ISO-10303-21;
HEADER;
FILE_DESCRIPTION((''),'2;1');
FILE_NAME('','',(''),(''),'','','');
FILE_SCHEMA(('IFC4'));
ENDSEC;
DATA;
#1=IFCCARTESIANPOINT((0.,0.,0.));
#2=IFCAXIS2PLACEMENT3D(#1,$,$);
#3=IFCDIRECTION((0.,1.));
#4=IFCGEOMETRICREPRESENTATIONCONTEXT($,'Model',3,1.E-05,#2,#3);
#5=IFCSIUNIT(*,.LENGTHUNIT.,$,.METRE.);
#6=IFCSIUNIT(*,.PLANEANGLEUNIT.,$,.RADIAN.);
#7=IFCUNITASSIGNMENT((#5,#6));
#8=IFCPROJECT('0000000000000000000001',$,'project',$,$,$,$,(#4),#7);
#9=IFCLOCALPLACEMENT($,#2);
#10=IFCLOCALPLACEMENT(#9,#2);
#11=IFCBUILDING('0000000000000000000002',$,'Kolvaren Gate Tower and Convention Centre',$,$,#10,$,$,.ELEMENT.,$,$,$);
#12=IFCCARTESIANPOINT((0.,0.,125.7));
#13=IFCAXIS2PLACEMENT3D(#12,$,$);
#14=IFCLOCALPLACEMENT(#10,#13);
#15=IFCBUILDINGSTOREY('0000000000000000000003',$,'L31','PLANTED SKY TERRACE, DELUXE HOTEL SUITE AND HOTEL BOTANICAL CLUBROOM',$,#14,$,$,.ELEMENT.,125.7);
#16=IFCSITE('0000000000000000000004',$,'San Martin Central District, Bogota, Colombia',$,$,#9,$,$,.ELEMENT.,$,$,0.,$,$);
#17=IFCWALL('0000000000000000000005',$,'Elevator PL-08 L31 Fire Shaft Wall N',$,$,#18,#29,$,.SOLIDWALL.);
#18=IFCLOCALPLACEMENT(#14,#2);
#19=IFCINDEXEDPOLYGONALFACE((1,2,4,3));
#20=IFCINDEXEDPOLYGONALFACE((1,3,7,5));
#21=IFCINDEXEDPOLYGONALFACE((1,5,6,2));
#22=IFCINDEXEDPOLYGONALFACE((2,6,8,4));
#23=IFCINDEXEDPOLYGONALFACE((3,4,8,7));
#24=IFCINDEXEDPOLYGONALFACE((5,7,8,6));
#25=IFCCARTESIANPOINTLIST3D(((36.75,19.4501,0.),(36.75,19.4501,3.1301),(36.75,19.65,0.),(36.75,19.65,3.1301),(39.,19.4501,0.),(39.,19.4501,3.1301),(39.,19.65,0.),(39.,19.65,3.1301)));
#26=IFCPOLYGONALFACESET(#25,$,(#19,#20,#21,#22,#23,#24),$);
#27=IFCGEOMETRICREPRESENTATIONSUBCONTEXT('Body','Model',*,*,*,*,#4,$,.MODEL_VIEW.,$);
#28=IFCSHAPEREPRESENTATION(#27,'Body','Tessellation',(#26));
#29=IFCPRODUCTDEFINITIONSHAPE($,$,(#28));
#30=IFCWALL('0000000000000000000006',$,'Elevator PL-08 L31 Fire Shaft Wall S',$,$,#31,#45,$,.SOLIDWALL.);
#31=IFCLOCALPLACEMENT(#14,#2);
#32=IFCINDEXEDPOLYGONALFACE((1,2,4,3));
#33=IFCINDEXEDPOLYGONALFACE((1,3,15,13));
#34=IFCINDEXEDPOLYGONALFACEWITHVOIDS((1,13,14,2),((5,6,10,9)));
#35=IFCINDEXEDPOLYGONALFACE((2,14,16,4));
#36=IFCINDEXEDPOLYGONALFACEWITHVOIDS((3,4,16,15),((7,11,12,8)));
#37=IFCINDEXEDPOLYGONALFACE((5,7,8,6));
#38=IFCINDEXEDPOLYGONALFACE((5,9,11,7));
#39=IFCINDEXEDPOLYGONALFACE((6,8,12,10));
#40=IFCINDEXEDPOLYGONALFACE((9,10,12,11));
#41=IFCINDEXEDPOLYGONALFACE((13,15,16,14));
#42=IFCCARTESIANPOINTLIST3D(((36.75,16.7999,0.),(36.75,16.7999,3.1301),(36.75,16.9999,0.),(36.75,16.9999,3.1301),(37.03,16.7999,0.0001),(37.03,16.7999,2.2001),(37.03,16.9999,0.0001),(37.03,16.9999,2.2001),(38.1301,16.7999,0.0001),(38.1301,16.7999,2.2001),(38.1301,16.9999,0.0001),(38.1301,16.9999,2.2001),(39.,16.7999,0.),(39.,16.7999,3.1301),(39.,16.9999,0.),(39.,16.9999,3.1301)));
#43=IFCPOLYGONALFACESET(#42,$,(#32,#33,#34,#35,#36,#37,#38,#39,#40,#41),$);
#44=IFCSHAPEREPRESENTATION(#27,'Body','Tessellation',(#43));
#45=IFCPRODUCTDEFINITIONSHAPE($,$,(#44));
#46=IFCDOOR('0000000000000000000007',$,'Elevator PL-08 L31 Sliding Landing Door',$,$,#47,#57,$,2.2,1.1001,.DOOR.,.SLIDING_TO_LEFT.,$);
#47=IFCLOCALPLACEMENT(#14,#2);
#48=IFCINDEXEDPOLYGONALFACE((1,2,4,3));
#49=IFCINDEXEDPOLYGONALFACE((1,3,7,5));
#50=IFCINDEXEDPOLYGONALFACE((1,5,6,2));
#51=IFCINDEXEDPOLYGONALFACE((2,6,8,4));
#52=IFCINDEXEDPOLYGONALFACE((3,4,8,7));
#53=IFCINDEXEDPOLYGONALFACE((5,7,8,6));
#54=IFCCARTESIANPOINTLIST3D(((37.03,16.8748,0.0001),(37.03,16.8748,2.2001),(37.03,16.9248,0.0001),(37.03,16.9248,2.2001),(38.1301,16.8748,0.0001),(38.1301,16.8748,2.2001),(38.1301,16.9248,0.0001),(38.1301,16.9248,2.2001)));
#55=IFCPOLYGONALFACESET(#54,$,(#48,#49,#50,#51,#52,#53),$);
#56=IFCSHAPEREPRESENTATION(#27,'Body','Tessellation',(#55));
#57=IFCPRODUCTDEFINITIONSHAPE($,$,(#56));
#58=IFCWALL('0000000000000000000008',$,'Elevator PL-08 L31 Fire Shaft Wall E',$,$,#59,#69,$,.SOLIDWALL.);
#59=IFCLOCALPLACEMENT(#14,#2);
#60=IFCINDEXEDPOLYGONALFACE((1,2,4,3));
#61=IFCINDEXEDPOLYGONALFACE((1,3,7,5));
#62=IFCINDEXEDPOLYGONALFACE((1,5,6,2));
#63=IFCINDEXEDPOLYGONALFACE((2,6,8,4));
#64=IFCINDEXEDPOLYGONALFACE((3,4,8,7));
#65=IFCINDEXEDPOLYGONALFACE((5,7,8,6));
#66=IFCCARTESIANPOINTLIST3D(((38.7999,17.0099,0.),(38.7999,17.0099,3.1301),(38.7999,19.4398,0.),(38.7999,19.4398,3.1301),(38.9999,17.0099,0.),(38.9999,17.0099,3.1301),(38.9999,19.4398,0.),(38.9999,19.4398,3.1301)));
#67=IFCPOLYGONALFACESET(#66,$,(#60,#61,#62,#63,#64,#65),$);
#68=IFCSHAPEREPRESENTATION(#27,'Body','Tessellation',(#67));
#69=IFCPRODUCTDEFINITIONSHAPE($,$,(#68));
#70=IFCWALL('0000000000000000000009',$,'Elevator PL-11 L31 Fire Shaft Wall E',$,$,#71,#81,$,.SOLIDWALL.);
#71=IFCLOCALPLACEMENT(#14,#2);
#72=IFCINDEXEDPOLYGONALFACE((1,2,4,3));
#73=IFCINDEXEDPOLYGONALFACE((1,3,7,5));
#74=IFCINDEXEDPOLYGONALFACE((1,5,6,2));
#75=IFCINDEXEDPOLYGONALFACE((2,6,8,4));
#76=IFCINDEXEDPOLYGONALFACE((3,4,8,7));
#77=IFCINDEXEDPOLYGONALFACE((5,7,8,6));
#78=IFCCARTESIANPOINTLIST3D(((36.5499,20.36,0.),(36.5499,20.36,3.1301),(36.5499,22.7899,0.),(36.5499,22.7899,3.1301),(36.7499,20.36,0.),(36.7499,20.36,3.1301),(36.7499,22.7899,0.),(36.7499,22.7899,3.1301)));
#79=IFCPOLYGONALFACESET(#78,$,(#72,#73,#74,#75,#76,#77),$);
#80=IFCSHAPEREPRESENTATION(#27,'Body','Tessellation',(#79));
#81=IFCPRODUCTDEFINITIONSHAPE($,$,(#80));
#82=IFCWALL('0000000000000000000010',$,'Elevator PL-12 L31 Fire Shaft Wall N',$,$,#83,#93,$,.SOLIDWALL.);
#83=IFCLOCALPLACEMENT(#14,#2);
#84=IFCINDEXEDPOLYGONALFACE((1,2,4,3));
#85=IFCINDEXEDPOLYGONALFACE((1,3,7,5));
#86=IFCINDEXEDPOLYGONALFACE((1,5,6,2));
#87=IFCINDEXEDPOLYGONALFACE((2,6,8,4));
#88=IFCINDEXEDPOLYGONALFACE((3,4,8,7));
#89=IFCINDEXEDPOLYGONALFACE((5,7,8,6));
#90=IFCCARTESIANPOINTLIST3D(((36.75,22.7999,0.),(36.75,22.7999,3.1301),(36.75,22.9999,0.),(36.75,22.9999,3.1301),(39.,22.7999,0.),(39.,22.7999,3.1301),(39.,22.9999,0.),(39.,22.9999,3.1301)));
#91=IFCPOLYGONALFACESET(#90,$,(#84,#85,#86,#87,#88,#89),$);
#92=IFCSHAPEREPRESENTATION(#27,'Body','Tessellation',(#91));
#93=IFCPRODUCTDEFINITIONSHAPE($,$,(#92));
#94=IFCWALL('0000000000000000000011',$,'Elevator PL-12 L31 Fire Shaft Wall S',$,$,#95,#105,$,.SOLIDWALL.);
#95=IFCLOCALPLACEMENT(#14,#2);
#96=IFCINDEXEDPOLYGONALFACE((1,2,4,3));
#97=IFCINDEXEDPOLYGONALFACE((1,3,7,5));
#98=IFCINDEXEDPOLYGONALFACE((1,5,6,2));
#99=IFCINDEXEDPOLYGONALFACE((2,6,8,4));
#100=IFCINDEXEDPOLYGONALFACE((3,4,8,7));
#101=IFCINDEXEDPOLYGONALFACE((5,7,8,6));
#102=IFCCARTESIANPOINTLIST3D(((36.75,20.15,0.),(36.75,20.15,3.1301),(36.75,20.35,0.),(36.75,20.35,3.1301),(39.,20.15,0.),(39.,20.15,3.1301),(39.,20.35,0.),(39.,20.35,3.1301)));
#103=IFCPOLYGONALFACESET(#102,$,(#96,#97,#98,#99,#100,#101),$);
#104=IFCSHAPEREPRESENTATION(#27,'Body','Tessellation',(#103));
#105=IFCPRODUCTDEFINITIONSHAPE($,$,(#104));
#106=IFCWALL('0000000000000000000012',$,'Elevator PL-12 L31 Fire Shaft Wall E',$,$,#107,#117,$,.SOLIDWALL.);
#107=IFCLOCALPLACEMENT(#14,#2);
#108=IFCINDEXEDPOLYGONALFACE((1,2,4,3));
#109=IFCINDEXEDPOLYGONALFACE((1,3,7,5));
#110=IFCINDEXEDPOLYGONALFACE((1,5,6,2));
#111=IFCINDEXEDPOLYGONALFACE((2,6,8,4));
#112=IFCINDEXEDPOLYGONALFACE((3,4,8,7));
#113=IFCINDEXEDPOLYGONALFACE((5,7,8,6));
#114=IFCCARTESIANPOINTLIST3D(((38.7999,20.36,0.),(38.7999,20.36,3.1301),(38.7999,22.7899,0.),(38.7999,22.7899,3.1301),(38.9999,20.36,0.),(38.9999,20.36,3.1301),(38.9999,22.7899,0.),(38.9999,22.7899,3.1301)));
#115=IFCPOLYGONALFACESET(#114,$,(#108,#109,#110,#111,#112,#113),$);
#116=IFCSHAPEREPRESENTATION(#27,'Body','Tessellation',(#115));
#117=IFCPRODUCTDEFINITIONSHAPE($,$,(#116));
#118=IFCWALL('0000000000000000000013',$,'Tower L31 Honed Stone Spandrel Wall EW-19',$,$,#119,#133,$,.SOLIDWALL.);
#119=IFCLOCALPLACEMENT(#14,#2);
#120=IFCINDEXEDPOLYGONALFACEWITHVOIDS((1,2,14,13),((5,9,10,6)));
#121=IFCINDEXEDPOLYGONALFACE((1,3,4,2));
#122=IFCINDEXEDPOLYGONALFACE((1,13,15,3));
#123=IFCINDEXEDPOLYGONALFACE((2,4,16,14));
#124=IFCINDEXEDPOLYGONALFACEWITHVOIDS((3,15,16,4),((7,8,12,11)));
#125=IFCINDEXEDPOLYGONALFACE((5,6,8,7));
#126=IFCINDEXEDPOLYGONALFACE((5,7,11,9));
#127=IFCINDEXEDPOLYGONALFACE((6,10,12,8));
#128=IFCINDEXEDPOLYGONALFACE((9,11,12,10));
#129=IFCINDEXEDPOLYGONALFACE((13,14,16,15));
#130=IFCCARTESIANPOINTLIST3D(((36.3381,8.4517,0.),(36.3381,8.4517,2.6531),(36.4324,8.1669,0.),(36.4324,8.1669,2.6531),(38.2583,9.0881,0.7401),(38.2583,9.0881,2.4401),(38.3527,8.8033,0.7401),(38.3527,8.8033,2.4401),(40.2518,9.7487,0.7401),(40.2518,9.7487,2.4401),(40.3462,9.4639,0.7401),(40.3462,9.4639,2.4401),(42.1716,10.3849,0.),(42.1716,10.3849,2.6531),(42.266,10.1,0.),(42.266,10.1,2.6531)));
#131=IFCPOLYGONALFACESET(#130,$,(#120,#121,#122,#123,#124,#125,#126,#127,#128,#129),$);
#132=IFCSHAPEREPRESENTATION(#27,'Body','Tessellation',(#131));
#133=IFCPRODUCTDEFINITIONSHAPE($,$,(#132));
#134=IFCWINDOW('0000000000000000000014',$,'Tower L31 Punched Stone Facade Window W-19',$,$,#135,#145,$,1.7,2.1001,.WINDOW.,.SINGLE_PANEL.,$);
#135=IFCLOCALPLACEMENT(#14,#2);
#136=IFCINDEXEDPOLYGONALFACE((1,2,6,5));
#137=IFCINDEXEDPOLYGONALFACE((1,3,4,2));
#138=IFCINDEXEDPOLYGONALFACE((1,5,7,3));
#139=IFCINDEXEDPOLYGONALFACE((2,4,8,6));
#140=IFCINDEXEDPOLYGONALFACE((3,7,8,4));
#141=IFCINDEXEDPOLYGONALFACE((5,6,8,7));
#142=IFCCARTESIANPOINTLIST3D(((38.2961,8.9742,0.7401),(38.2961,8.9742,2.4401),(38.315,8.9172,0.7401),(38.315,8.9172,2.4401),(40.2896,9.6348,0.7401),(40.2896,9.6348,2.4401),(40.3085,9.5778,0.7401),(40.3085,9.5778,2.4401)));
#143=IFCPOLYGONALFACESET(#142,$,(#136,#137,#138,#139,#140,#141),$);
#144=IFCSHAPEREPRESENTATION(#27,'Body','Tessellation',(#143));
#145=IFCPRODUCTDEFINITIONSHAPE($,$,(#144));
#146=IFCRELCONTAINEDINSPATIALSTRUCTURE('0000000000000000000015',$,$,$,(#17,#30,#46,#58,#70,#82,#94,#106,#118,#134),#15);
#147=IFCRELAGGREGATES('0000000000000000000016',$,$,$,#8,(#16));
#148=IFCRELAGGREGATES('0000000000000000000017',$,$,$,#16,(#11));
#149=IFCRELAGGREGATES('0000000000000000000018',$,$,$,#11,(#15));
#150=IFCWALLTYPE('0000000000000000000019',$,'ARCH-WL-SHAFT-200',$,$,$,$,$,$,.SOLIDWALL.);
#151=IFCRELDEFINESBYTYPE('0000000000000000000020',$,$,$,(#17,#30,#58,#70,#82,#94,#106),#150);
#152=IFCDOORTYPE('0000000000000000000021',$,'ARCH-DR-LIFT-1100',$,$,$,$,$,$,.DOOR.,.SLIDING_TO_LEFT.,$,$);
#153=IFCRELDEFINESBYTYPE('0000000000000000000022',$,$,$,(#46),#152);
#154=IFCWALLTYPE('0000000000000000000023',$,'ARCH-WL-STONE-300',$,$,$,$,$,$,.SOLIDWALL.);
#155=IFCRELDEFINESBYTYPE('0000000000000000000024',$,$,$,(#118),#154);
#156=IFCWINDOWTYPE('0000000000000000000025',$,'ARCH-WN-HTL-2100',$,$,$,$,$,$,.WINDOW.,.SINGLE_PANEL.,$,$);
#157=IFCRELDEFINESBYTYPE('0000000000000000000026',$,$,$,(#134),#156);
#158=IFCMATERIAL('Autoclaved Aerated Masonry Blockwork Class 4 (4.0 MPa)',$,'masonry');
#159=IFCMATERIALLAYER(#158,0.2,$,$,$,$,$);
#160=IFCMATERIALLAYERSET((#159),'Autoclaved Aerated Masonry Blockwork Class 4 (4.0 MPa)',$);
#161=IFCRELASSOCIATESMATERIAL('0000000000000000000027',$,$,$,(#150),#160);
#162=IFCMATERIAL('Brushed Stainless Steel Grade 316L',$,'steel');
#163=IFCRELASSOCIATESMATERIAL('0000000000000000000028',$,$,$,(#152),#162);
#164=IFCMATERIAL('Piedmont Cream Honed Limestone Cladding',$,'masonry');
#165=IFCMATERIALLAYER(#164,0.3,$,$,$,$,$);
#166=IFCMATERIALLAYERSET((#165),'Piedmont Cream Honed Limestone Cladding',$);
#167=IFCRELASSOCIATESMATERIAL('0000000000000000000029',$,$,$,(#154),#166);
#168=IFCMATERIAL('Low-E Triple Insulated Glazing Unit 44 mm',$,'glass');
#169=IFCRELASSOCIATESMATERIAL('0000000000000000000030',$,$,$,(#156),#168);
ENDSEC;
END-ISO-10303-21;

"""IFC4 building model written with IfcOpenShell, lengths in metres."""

from ifc_helpers import new_model, si_unit, direction, frame, frame_2d, origin, place, context, subcontext, project, spatial, rectangle, extrude, material, layer, layer_set, type_object, element, fill, save


model = new_model("IFC4")

# Units and contexts
model_context = context("Model", 3, precision=1e-05, world=origin(), true_north=direction((0.0, 1.0)))
body_context = subcontext(model_context, "Body", "Model", "MODEL_VIEW")
ifc_project = project(units=[si_unit("LENGTHUNIT", "METRE"), si_unit("PLANEANGLEUNIT", "RADIAN")], contexts=[model_context])

# Site, building, storey
site_placement = place(None, origin())
site = spatial("IfcSite", under=ifc_project, at=site_placement, Name="San Martin Central District, Bogota, Colombia", CompositionType="ELEMENT", RefElevation=0.0)
building_placement = place(site_placement, origin())
building = spatial("IfcBuilding", under=site, at=building_placement, Name="Kolvaren Gate Tower and Convention Centre", CompositionType="ELEMENT")
storey_placement = place(building_placement, frame((0.0, 0.0, 125.7)))
storey = spatial("IfcBuildingStorey", under=building, at=storey_placement, Name="L31", Description="PLANTED SKY TERRACE, DELUXE HOTEL SUITE AND HOTEL BOTANICAL CLUBROOM", CompositionType="ELEMENT", Elevation=125.7)

# Wall
ifc_material_1 = material(Name="Piedmont Cream Honed Limestone Cladding", Category="masonry")
ifc_material_2 = material(Name="Autoclaved Aerated Masonry Blockwork Class 4 (4.0 MPa)", Category="masonry")
ifc_layer_1 = layer(ifc_material_2, 0.2)
ifc_layer_set_1 = layer_set([ifc_layer_1], Name="Autoclaved Aerated Masonry Blockwork Class 4 (4.0 MPa)")
wall_type_1 = type_object("IfcWallType", Name="ARCH-WL-SHAFT-200", PredefinedType="SOLIDWALL", material=ifc_layer_set_1)
wall_1_placement = place(storey_placement, frame((36.75, 19.55, 0.0), z_axis=(0.0, 0.0, 1.0), x_axis=(1.0, 0.0, 0.0)))
element("IfcWall", 1, at=wall_1_placement, inside=storey, type_object=wall_type_1, Name="Elevator PL-08 L31 Fire Shaft Wall N", PredefinedType="SOLIDWALL", context=body_context, shape_type="SweptSolid", body=[
    extrude(rectangle(XDim=2.25, YDim=0.2, at=frame_2d((1.125, 0.0))), origin(), (0.0, 0.0, 1.0), 3.1301),
])

# Wall, opening, door
wall_2_placement = place(storey_placement, frame((36.75, 16.8999, 0.0), z_axis=(0.0, 0.0, 1.0), x_axis=(1.0, 0.0, 0.0)))
wall_2 = element("IfcWall", 2, at=wall_2_placement, inside=storey, type_object=wall_type_1, Name="Elevator PL-08 L31 Fire Shaft Wall S", PredefinedType="SOLIDWALL", context=body_context, shape_type="SweptSolid", body=[
    extrude(rectangle(XDim=2.25, YDim=0.2, at=frame_2d((1.125, 0.0))), origin(), (0.0, 0.0, 1.0), 3.1301),
])
opening_1_placement = place(wall_2_placement, frame((0.28, 0.0, 0.0)))
opening_1 = element("IfcOpeningElement", 3, at=opening_1_placement, cuts=wall_2, PredefinedType="OPENING", context=body_context, shape_type="SweptSolid", body=[
    extrude(rectangle(XDim=1.1001, YDim=2.2, at=frame_2d((0.55, 1.1001))), frame((0.0, 0.1099, 0.0), z_axis=(0.0, -1.0, 0.0), x_axis=(1.0, 0.0, 0.0)), (0.0, 0.0, 1.0), 0.22),
])
ifc_material_3 = material(Name="Brushed Stainless Steel Grade 316L", Category="steel")
door_type = type_object("IfcDoorType", Name="ARCH-DR-LIFT-1100", OperationType="SLIDING_TO_LEFT", PredefinedType="DOOR", material=ifc_material_3)
door_placement = place(opening_1_placement, origin())
door = element("IfcDoor", 4, at=door_placement, inside=storey, type_object=door_type, Name="Elevator PL-08 L31 Sliding Landing Door", OperationType="SLIDING_TO_LEFT", OverallHeight=2.2, OverallWidth=1.1001, PredefinedType="DOOR", context=body_context, shape_type="SweptSolid", body=[
    extrude(rectangle(XDim=1.1001, YDim=2.2, at=frame_2d((0.55, 1.1001))), frame((0.0, 0.0249, 0.0), z_axis=(0.0, -1.0, 0.0), x_axis=(1.0, 0.0, 0.0)), (0.0, 0.0, 1.0), 0.05),
])
fill(opening_1, door)

# Walls
for number, where, z_axis, x_axis, name in (
    (5, (38.8999, 17.01, 0.0), (0.0, 0.0, 1.0), (0.0, 1.0, 0.0), "Elevator PL-08 L31 Fire Shaft Wall E"),
    (6, (36.6499, 20.3601, 0.0), (0.0, 0.0, 1.0), (0.0, 1.0, 0.0), "Elevator PL-11 L31 Fire Shaft Wall E"),
):
    element("IfcWall", number, at=place(storey_placement, frame(where, z_axis=z_axis, x_axis=x_axis)), inside=storey, type_object=wall_type_1, Name=name, PredefinedType="SOLIDWALL", context=body_context, shape_type="SweptSolid", body=[
        extrude(rectangle(XDim=2.4299, YDim=0.2, at=frame_2d((1.2148, 0.0))), origin(), (0.0, 0.0, 1.0), 3.1301),
    ])
for number, where, z_axis, x_axis, name in (
    (7, (36.75, 22.8999, 0.0), (0.0, 0.0, 1.0), (1.0, 0.0, 0.0), "Elevator PL-12 L31 Fire Shaft Wall N"),
    (8, (36.75, 20.25, 0.0), (0.0, 0.0, 1.0), (1.0, 0.0, 0.0), "Elevator PL-12 L31 Fire Shaft Wall S"),
):
    element("IfcWall", number, at=place(storey_placement, frame(where, z_axis=z_axis, x_axis=x_axis)), inside=storey, type_object=wall_type_1, Name=name, PredefinedType="SOLIDWALL", context=body_context, shape_type="SweptSolid", body=[
        extrude(rectangle(XDim=2.25, YDim=0.2, at=frame_2d((1.125, 0.0))), origin(), (0.0, 0.0, 1.0), 3.1301),
    ])
wall_3_placement = place(storey_placement, frame((38.8999, 20.3601, 0.0), z_axis=(0.0, 0.0, 1.0), x_axis=(0.0, 1.0, 0.0)))
element("IfcWall", 9, at=wall_3_placement, inside=storey, type_object=wall_type_1, Name="Elevator PL-12 L31 Fire Shaft Wall E", PredefinedType="SOLIDWALL", context=body_context, shape_type="SweptSolid", body=[
    extrude(rectangle(XDim=2.4299, YDim=0.2, at=frame_2d((1.2148, 0.0))), origin(), (0.0, 0.0, 1.0), 3.1301),
])

# Wall, opening, window
ifc_layer_2 = layer(ifc_material_1, 0.3)
ifc_layer_set_2 = layer_set([ifc_layer_2], Name="Piedmont Cream Honed Limestone Cladding")
wall_type_2 = type_object("IfcWallType", Name="ARCH-WL-STONE-300", PredefinedType="SOLIDWALL", material=ifc_layer_set_2)
wall_4_placement = place(storey_placement, frame((36.3853, 8.3093, 0.0), z_axis=(0.0, 0.0, 1.0), x_axis=(0.949238, 0.314559, 0.0)))
wall_4 = element("IfcWall", 10, at=wall_4_placement, inside=storey, type_object=wall_type_2, Name="Tower L31 Honed Stone Spandrel Wall EW-19", PredefinedType="SOLIDWALL", context=body_context, shape_type="SweptSolid", body=[
    extrude(rectangle(XDim=6.1455, YDim=0.3, at=frame_2d((3.0728, 0.0))), origin(), (0.0, 0.0, 1.0), 2.6531),
])
opening_2_placement = place(wall_4_placement, frame((2.0229, 0.0, 0.74)))
opening_2 = element("IfcOpeningElement", 11, at=opening_2_placement, cuts=wall_4, PredefinedType="OPENING", context=body_context, shape_type="SweptSolid", body=[
    extrude(rectangle(XDim=2.1001, YDim=1.7, at=frame_2d((1.05, 0.8501))), frame((0.0, 0.1599, 0.0), z_axis=(0.0, -1.0, 0.0), x_axis=(1.0, 0.0, 0.0)), (0.0, 0.0, 1.0), 0.3201),
])
ifc_material_4 = material(Name="Low-E Triple Insulated Glazing Unit 44 mm", Category="glass")
window_type = type_object("IfcWindowType", Name="ARCH-WN-HTL-2100", PartitioningType="SINGLE_PANEL", PredefinedType="WINDOW", material=ifc_material_4)
window_placement = place(opening_2_placement, origin())
window = element("IfcWindow", 12, at=window_placement, inside=storey, type_object=window_type, Name="Tower L31 Punched Stone Facade Window W-19", OverallHeight=1.7, OverallWidth=2.1001, PartitioningType="SINGLE_PANEL", PredefinedType="WINDOW", context=body_context, shape_type="SweptSolid", body=[
    extrude(rectangle(XDim=2.1001, YDim=1.7, at=frame_2d((1.05, 0.8501))), frame((0.0, 0.03, 0.0), z_axis=(0.0, -1.0, 0.0), x_axis=(1.0, 0.0, 0.0)), (0.0, 0.0, 1.0), 0.0601),
])
fill(opening_2, window)

save(model, "model.ifc")
